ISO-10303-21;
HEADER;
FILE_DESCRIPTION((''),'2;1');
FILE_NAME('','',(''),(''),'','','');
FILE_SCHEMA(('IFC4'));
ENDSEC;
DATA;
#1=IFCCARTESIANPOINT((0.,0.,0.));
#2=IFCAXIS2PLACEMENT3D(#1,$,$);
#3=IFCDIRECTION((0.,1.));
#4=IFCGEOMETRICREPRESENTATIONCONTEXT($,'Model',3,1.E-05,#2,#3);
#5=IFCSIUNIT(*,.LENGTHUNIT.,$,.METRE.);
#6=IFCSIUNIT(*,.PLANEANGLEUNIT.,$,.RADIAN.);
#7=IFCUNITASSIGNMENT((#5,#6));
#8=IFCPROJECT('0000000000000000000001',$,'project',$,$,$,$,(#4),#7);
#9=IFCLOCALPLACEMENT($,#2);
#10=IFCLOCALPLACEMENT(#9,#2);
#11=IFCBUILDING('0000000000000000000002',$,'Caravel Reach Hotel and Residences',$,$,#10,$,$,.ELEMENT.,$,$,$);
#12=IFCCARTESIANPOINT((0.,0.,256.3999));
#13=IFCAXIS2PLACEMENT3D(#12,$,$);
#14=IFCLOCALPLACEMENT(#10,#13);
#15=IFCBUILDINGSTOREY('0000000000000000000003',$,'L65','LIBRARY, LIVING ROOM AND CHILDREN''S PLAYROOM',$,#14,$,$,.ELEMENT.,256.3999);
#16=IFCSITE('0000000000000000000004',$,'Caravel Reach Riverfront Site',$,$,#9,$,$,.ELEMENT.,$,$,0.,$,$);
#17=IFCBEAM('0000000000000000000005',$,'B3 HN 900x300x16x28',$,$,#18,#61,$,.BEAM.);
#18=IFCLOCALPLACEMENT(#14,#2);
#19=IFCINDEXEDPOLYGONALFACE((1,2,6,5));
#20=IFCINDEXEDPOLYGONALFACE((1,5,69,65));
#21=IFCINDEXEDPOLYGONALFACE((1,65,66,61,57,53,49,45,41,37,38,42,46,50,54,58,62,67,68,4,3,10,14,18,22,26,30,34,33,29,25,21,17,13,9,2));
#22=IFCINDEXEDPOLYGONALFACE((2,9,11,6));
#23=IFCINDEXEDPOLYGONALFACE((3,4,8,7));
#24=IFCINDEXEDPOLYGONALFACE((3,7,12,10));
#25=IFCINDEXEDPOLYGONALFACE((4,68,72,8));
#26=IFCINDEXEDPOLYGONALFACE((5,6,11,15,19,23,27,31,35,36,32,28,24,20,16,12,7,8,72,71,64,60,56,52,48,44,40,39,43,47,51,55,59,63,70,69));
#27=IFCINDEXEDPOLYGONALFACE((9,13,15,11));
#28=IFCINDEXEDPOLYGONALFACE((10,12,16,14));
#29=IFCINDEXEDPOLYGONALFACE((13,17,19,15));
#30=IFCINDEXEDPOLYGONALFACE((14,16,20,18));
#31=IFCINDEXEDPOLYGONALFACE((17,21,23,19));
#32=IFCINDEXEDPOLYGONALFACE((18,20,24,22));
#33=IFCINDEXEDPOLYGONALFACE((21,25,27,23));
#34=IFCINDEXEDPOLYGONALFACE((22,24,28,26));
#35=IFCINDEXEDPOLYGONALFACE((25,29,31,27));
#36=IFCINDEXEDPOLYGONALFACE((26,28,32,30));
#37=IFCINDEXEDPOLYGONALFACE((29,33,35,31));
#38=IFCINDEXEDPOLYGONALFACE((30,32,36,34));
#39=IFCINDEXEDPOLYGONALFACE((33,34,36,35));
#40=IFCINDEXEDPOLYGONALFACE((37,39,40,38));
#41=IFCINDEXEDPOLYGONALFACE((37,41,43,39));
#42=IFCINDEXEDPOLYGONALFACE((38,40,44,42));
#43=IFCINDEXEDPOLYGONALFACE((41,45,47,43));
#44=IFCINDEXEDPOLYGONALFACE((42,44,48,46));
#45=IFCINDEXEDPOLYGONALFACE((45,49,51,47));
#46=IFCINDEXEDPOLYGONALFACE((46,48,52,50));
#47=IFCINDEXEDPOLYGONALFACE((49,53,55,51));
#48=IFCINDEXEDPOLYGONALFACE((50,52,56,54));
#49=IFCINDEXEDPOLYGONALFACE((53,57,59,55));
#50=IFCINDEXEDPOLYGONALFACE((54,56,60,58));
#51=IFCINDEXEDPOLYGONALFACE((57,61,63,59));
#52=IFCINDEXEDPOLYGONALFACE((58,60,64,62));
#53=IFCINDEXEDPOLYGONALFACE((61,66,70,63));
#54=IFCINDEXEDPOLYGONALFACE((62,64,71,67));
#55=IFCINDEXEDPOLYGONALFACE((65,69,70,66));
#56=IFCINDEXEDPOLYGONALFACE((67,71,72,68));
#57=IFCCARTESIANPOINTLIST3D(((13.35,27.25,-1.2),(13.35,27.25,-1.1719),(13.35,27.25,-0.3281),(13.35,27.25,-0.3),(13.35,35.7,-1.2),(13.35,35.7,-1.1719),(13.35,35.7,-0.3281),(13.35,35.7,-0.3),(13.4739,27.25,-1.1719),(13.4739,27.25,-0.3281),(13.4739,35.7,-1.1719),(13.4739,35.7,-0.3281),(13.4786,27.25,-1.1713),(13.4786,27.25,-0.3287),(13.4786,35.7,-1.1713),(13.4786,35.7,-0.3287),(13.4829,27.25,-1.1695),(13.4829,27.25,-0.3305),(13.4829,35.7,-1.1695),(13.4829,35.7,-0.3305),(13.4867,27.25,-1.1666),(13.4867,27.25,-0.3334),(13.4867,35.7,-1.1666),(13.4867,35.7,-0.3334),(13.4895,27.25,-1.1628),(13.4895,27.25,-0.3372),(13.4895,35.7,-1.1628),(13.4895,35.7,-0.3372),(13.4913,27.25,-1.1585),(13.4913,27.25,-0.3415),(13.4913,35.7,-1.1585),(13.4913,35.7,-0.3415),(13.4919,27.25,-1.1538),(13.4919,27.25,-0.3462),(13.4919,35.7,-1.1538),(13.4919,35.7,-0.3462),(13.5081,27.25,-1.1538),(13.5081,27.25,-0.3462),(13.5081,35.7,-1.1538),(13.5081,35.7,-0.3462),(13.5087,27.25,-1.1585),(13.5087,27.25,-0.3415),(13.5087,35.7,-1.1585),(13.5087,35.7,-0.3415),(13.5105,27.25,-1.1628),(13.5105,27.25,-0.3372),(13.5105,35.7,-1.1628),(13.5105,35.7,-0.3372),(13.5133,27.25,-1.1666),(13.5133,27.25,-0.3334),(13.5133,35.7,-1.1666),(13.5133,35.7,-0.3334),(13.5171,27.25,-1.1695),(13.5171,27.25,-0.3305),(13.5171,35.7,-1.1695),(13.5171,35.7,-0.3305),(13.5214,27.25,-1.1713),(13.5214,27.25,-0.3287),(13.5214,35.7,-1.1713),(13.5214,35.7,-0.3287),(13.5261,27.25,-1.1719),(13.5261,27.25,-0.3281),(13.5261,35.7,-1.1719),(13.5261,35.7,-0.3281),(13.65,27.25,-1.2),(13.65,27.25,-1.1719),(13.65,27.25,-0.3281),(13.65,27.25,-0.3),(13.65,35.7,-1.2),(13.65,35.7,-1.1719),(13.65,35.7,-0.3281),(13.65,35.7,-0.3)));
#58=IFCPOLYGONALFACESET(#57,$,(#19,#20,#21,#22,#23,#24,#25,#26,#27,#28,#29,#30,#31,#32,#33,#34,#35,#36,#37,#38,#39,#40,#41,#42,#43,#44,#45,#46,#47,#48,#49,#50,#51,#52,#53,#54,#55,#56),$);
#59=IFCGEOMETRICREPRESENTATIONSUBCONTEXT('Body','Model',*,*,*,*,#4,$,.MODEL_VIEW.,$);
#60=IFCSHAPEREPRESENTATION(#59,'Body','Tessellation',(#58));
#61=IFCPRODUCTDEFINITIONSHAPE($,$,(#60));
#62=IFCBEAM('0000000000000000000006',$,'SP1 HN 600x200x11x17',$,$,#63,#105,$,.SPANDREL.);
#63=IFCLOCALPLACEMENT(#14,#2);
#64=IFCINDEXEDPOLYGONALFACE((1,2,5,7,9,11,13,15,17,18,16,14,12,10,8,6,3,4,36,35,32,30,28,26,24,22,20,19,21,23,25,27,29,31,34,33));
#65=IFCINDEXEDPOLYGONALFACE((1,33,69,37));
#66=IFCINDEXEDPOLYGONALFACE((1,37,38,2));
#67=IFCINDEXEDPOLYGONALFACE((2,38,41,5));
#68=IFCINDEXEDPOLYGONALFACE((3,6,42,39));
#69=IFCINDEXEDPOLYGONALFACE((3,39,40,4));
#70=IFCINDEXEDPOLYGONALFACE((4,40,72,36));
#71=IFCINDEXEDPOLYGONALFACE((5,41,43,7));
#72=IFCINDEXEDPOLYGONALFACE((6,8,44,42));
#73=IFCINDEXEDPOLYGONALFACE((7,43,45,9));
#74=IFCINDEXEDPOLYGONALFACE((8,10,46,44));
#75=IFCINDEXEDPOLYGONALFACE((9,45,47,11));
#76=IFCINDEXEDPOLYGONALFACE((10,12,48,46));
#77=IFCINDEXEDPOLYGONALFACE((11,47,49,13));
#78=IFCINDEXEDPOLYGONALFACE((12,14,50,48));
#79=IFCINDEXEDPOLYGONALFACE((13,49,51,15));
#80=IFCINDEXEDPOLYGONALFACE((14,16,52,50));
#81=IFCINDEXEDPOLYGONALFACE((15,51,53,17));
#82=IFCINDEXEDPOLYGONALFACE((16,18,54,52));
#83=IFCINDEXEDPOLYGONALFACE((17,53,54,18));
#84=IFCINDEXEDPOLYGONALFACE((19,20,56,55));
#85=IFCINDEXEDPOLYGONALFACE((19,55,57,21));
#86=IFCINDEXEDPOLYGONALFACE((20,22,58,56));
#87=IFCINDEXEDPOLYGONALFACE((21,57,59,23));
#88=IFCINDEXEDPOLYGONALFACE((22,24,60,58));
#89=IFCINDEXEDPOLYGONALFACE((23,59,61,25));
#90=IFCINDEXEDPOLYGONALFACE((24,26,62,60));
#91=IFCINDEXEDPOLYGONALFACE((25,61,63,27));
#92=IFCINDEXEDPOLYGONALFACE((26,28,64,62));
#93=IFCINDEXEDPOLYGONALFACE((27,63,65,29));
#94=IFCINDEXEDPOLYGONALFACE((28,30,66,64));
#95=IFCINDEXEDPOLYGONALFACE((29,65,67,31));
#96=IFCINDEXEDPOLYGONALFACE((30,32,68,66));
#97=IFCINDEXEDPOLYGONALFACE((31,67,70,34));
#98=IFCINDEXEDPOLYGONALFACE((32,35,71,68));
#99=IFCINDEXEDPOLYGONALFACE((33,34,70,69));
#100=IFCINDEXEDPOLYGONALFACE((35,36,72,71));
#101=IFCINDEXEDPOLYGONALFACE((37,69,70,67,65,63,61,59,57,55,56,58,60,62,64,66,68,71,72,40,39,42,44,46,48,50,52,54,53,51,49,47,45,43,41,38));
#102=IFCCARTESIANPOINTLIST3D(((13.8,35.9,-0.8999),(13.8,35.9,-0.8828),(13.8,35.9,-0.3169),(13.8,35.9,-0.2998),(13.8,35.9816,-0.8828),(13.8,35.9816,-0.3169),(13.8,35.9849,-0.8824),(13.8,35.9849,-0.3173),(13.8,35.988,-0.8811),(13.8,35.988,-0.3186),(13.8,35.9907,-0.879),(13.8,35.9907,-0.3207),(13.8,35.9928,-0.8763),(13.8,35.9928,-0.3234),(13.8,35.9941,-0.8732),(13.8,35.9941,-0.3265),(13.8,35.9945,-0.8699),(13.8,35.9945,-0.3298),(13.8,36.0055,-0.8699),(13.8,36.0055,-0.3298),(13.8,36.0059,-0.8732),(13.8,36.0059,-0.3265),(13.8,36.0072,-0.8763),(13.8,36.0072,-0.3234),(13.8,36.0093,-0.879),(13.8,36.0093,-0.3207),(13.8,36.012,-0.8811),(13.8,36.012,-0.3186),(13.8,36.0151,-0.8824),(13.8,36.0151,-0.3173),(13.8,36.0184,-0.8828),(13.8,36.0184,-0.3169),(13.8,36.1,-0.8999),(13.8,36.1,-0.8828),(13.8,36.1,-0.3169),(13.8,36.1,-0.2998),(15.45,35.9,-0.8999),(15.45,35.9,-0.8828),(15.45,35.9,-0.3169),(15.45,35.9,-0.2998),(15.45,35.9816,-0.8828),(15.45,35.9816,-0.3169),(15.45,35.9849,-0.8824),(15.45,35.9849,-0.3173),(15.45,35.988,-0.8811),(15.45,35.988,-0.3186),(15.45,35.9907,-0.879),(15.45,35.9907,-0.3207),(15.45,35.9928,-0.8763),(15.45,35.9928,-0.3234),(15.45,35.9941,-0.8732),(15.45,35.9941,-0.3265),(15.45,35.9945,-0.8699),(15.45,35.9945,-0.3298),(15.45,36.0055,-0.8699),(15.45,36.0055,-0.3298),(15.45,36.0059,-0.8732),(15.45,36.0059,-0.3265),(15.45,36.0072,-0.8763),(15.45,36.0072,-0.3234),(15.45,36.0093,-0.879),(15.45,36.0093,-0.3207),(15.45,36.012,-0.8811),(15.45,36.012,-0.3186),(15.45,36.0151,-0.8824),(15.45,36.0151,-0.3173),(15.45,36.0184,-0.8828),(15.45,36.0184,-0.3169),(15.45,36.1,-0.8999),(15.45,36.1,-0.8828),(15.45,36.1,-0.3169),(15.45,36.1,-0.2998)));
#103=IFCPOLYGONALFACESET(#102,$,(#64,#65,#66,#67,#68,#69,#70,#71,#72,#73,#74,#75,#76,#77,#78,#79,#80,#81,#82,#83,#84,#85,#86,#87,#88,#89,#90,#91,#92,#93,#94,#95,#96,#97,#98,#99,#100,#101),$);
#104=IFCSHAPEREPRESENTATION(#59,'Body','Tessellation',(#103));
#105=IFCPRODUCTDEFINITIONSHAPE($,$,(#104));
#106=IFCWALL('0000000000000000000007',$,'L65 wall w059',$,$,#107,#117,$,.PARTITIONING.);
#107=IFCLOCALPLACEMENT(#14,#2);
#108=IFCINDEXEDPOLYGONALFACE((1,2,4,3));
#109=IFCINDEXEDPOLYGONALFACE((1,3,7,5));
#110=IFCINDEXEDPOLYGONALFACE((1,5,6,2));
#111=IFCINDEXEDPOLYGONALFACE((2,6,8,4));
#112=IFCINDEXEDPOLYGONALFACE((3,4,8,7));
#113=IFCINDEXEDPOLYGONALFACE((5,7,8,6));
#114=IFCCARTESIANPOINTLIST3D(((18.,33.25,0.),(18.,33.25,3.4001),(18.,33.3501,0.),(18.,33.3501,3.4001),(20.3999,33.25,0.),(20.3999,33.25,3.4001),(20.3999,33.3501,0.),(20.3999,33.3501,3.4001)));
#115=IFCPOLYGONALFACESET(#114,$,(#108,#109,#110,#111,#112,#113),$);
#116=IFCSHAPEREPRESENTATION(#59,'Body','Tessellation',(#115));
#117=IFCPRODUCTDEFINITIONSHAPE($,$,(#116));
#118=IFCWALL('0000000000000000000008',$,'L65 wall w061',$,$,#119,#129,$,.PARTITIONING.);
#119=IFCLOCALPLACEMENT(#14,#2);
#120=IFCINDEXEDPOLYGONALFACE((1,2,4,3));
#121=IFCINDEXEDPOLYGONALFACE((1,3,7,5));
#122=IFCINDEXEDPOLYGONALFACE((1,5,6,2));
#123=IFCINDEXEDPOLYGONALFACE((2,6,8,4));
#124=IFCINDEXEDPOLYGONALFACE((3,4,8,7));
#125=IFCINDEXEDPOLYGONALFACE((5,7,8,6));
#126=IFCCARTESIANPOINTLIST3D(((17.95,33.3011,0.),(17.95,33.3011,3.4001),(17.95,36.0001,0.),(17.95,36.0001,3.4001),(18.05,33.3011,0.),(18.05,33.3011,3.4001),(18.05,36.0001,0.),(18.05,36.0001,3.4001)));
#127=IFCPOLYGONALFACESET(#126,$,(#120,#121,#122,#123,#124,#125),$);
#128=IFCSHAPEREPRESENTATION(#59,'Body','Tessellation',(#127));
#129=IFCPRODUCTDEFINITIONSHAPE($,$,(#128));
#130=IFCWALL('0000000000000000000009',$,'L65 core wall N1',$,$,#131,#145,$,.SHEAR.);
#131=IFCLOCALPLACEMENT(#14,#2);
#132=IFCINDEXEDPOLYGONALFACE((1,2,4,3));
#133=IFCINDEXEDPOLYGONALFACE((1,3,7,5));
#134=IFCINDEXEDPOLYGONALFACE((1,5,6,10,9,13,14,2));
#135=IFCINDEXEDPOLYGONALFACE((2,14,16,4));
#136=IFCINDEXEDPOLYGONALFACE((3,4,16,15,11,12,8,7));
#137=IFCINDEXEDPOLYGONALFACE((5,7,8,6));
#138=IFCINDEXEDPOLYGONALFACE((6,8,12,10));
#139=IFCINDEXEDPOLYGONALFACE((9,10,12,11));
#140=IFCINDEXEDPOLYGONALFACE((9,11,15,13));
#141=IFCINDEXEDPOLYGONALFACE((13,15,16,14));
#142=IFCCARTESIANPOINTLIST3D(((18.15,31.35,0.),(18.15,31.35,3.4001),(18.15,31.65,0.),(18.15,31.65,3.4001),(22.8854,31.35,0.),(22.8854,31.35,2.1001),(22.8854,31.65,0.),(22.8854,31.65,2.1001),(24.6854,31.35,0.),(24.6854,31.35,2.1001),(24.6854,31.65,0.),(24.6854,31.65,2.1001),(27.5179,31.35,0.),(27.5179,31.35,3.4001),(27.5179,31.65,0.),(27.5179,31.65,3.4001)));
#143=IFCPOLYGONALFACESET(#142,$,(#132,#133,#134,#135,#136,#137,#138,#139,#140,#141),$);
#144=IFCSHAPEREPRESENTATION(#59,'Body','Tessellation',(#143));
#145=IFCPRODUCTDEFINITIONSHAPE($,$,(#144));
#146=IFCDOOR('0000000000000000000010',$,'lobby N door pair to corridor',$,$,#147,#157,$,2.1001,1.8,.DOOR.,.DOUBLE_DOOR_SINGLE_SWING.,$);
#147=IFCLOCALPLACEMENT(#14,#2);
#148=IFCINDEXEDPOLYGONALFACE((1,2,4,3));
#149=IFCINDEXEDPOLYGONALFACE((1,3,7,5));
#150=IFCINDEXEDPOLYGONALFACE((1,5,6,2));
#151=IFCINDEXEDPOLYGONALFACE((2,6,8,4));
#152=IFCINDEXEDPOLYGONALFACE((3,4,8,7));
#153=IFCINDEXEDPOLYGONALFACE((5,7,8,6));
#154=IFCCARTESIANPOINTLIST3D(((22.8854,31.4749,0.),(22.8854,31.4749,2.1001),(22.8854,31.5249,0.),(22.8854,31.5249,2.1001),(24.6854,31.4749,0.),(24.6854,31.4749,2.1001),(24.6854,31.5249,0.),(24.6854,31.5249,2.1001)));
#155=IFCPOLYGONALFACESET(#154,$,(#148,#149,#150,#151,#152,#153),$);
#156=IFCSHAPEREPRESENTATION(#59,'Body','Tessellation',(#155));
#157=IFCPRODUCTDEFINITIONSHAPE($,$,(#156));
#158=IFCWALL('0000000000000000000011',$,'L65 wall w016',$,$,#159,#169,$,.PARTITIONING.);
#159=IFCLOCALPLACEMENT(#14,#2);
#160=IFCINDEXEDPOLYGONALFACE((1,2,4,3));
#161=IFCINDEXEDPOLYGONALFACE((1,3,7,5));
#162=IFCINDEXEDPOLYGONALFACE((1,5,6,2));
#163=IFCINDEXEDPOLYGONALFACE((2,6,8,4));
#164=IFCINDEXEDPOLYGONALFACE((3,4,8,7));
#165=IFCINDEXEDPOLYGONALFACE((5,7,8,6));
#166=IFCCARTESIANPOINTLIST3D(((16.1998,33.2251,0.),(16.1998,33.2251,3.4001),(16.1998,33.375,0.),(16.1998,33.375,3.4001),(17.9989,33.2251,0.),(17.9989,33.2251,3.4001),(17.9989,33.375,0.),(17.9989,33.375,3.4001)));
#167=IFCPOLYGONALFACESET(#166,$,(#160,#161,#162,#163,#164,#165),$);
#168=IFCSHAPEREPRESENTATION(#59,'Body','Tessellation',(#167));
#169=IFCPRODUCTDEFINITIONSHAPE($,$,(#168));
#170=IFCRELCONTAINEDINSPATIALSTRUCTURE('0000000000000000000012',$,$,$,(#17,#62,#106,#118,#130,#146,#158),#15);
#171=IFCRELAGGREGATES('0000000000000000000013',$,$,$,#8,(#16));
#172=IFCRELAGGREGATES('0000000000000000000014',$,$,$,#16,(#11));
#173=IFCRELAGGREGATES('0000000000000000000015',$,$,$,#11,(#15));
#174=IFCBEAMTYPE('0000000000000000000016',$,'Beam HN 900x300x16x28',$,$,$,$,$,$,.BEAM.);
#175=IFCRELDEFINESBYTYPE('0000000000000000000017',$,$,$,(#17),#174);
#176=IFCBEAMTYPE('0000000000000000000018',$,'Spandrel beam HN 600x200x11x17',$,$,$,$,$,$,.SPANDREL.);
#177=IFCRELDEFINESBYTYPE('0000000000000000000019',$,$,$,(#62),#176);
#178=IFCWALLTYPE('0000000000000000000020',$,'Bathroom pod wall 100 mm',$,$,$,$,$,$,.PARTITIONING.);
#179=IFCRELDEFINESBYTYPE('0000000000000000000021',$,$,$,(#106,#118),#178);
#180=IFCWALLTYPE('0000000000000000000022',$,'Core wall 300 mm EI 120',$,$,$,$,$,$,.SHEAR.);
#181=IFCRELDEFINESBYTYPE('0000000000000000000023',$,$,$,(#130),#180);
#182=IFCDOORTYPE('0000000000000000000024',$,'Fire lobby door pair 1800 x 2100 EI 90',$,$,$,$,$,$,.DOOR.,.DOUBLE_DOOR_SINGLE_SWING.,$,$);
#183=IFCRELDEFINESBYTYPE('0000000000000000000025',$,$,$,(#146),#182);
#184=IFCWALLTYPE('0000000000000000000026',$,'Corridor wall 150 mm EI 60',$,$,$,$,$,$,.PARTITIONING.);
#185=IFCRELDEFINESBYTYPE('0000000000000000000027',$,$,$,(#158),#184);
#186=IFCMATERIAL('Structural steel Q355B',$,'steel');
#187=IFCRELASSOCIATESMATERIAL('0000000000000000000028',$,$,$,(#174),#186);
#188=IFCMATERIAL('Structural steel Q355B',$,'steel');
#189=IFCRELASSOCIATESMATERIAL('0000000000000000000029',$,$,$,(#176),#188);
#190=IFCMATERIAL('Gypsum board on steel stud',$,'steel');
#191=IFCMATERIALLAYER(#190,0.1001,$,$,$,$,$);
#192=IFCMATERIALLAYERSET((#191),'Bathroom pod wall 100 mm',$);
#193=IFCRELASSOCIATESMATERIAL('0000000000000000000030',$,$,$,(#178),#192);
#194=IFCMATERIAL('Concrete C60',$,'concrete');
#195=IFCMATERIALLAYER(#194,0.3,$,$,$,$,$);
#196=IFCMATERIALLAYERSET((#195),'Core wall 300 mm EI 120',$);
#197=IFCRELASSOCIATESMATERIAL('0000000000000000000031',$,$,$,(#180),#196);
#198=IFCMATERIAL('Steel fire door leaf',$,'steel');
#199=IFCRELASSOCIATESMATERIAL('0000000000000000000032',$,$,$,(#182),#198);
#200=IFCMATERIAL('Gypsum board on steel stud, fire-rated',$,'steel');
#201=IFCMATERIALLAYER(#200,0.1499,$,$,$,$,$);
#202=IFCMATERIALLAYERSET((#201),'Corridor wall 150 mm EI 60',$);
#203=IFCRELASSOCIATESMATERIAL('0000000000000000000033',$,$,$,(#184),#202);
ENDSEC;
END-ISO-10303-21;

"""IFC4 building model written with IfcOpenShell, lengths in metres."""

from ifc_helpers import new_model, si_unit, direction, frame, frame_2d, origin, origin_2d, place, context, subcontext, project, spatial, rectangle, i_section, extrude, material, layer, layer_set, material_profile, profile_set, type_object, element, fill, save


model = new_model("IFC4")

# Units and contexts
model_context = context("Model", 3, precision=1e-05, world=origin(), true_north=direction((0.0, 1.0)))
body_context = subcontext(model_context, "Body", "Model", "MODEL_VIEW")
ifc_project = project(units=[si_unit("LENGTHUNIT", "METRE"), si_unit("PLANEANGLEUNIT", "RADIAN")], contexts=[model_context])

# Site, building, storey
site_placement = place(None, origin())
site = spatial("IfcSite", under=ifc_project, at=site_placement, Name="Caravel Reach Riverfront Site", CompositionType="ELEMENT", RefElevation=0.0)
building_placement = place(site_placement, origin())
building = spatial("IfcBuilding", under=site, at=building_placement, Name="Caravel Reach Hotel and Residences", CompositionType="ELEMENT")
storey_placement = place(building_placement, frame((0.0, 0.0, 256.3999)))
storey = spatial("IfcBuildingStorey", under=building, at=storey_placement, Name="L65", Description="LIBRARY, LIVING ROOM AND CHILDREN'S PLAYROOM", CompositionType="ELEMENT", Elevation=256.3999)

# Beams
ifc_material_1 = material(Name="Structural steel Q355B", Category="steel")
ifc_material_profile_1 = material_profile(ifc_material_1, i_section(OverallWidth=0.3, OverallDepth=0.8999, WebThickness=0.0161, FlangeThickness=0.0281, FilletRadius=0.0181, at=origin_2d()), Name="HN 900x300x16x28")
ifc_profile_set_1 = profile_set([ifc_material_profile_1], Name="Structural steel Q355B")
beam_type_1 = type_object("IfcBeamType", Name="Beam HN 900x300x16x28", PredefinedType="BEAM", material=ifc_profile_set_1)
beam_1_placement = place(storey_placement, frame((13.5, 27.25, -0.75), z_axis=(0.0, 1.0, 0.0), x_axis=(-1.0, 0.0, 0.0)))
element("IfcBeam", 1, at=beam_1_placement, inside=storey, type_object=beam_type_1, Name="B3 HN 900x300x16x28", PredefinedType="BEAM", context=body_context, shape_type="SweptSolid", body=[
    extrude(i_section(OverallWidth=0.3, OverallDepth=0.8999, WebThickness=0.0161, FlangeThickness=0.0281, FilletRadius=0.0181, at=origin_2d()), origin(), (0.0, 0.0, 1.0), 8.45),
])
ifc_material_2 = material(Name="Structural steel Q355B", Category="steel")
ifc_material_profile_2 = material_profile(ifc_material_2, i_section(OverallWidth=0.2, OverallDepth=0.6001, WebThickness=0.011, FlangeThickness=0.0171, FilletRadius=0.0129, at=origin_2d()), Name="HN 600x200x11x17")
ifc_profile_set_2 = profile_set([ifc_material_profile_2], Name="Structural steel Q355B")
beam_type_2 = type_object("IfcBeamType", Name="Spandrel beam HN 600x200x11x17", PredefinedType="SPANDREL", material=ifc_profile_set_2)
beam_2_placement = place(storey_placement, frame((15.45, 36.0, -0.5999), z_axis=(-1.0, 0.0, 0.0), x_axis=(0.0, -1.0, 0.0)))
element("IfcBeam", 2, at=beam_2_placement, inside=storey, type_object=beam_type_2, Name="SP1 HN 600x200x11x17", PredefinedType="SPANDREL", context=body_context, shape_type="SweptSolid", body=[
    extrude(i_section(OverallWidth=0.2, OverallDepth=0.6001, WebThickness=0.011, FlangeThickness=0.0171, FilletRadius=0.0129, at=origin_2d()), origin(), (0.0, 0.0, 1.0), 1.6499),
])

# Walls
ifc_material_3 = material(Name="Gypsum board on steel stud", Category="steel")
ifc_layer_1 = layer(ifc_material_3, 0.1001)
ifc_layer_set_1 = layer_set([ifc_layer_1], Name="Bathroom pod wall 100 mm")
wall_type_1 = type_object("IfcWallType", Name="Bathroom pod wall 100 mm", PredefinedType="PARTITIONING", material=ifc_layer_set_1)
wall_1_placement = place(storey_placement, frame((18.0, 33.3, 0.0), z_axis=(0.0, 0.0, 1.0), x_axis=(1.0, 0.0, 0.0)))
element("IfcWall", 3, at=wall_1_placement, inside=storey, type_object=wall_type_1, Name="L65 wall w059", PredefinedType="PARTITIONING", context=body_context, shape_type="SweptSolid", body=[
    extrude(rectangle(XDim=2.3999, YDim=0.1001, at=frame_2d((1.2, 0.0))), origin(), (0.0, 0.0, 1.0), 3.4001),
])
wall_2_placement = place(storey_placement, frame((18.0, 33.301, 0.0), z_axis=(0.0, 0.0, 1.0), x_axis=(0.0, 1.0, 0.0)))
element("IfcWall", 4, at=wall_2_placement, inside=storey, type_object=wall_type_1, Name="L65 wall w061", PredefinedType="PARTITIONING", context=body_context, shape_type="SweptSolid", body=[
    extrude(rectangle(XDim=2.699, YDim=0.1001, at=frame_2d((1.3496, 0.0))), origin(), (0.0, 0.0, 1.0), 3.4001),
])

# Wall, opening, door
ifc_material_4 = material(Name="Concrete C60", Category="concrete")
ifc_layer_2 = layer(ifc_material_4, 0.3)
ifc_layer_set_2 = layer_set([ifc_layer_2], Name="Core wall 300 mm EI 120")
wall_type_2 = type_object("IfcWallType", Name="Core wall 300 mm EI 120", PredefinedType="SHEAR", material=ifc_layer_set_2)
wall_3_placement = place(storey_placement, frame((18.1499, 31.5, 0.0), z_axis=(0.0, 0.0, 1.0), x_axis=(1.0, 0.0, 0.0)))
wall_3 = element("IfcWall", 5, at=wall_3_placement, inside=storey, type_object=wall_type_2, Name="L65 core wall N1", PredefinedType="SHEAR", context=body_context, shape_type="SweptSolid", body=[
    extrude(rectangle(XDim=9.3679, YDim=0.3, at=frame_2d((4.6841, 0.0))), origin(), (0.0, 0.0, 1.0), 3.4001),
])
opening_1_placement = place(wall_3_placement, frame((4.7356, 0.0, 0.0)))
opening_1 = element("IfcOpeningElement", 6, at=opening_1_placement, cuts=wall_3, PredefinedType="OPENING", context=body_context, shape_type="SweptSolid", body=[
    extrude(rectangle(XDim=1.8, YDim=2.1001, at=frame_2d((0.8999, 1.05))), frame((0.0, 0.1599, 0.0), z_axis=(0.0, -1.0, 0.0), x_axis=(1.0, 0.0, 0.0)), (0.0, 0.0, 1.0), 0.3201),
])
ifc_material_5 = material(Name="Steel fire door leaf", Category="steel")
door_type_1 = type_object("IfcDoorType", Name="Fire lobby door pair 1800 x 2100 EI 90", OperationType="DOUBLE_DOOR_SINGLE_SWING", PredefinedType="DOOR", material=ifc_material_5)
door_1_placement = place(opening_1_placement, origin())
door_1 = element("IfcDoor", 7, at=door_1_placement, inside=storey, type_object=door_type_1, Name="lobby N door pair to corridor", OperationType="DOUBLE_DOOR_SINGLE_SWING", OverallHeight=2.1001, OverallWidth=1.8, PredefinedType="DOOR", context=body_context, shape_type="SweptSolid", body=[
    extrude(rectangle(XDim=1.8, YDim=2.1001, at=frame_2d((0.8999, 1.05))), frame((0.0, 0.0249, 0.0), z_axis=(0.0, -1.0, 0.0), x_axis=(1.0, 0.0, 0.0)), (0.0, 0.0, 1.0), 0.05),
])
fill(opening_1, door_1)

# Wall
ifc_material_6 = material(Name="Gypsum board on steel stud, fire-rated", Category="steel")
ifc_layer_3 = layer(ifc_material_6, 0.1499)
ifc_layer_set_3 = layer_set([ifc_layer_3], Name="Corridor wall 150 mm EI 60")
wall_type_3 = type_object("IfcWallType", Name="Corridor wall 150 mm EI 60", PredefinedType="PARTITIONING", material=ifc_layer_set_3)
wall_4_placement = place(storey_placement, frame((16.2, 33.3, 0.0), z_axis=(0.0, 0.0, 1.0), x_axis=(1.0, 0.0, 0.0)))
element("IfcWall", 8, at=wall_4_placement, inside=storey, type_object=wall_type_3, Name="L65 wall w016", PredefinedType="PARTITIONING", context=body_context, shape_type="SweptSolid", body=[
    extrude(rectangle(XDim=1.7991, YDim=0.1499, at=frame_2d((0.8994, 0.0))), origin(), (0.0, 0.0, 1.0), 3.4001),
])

save(model, "model.ifc")
